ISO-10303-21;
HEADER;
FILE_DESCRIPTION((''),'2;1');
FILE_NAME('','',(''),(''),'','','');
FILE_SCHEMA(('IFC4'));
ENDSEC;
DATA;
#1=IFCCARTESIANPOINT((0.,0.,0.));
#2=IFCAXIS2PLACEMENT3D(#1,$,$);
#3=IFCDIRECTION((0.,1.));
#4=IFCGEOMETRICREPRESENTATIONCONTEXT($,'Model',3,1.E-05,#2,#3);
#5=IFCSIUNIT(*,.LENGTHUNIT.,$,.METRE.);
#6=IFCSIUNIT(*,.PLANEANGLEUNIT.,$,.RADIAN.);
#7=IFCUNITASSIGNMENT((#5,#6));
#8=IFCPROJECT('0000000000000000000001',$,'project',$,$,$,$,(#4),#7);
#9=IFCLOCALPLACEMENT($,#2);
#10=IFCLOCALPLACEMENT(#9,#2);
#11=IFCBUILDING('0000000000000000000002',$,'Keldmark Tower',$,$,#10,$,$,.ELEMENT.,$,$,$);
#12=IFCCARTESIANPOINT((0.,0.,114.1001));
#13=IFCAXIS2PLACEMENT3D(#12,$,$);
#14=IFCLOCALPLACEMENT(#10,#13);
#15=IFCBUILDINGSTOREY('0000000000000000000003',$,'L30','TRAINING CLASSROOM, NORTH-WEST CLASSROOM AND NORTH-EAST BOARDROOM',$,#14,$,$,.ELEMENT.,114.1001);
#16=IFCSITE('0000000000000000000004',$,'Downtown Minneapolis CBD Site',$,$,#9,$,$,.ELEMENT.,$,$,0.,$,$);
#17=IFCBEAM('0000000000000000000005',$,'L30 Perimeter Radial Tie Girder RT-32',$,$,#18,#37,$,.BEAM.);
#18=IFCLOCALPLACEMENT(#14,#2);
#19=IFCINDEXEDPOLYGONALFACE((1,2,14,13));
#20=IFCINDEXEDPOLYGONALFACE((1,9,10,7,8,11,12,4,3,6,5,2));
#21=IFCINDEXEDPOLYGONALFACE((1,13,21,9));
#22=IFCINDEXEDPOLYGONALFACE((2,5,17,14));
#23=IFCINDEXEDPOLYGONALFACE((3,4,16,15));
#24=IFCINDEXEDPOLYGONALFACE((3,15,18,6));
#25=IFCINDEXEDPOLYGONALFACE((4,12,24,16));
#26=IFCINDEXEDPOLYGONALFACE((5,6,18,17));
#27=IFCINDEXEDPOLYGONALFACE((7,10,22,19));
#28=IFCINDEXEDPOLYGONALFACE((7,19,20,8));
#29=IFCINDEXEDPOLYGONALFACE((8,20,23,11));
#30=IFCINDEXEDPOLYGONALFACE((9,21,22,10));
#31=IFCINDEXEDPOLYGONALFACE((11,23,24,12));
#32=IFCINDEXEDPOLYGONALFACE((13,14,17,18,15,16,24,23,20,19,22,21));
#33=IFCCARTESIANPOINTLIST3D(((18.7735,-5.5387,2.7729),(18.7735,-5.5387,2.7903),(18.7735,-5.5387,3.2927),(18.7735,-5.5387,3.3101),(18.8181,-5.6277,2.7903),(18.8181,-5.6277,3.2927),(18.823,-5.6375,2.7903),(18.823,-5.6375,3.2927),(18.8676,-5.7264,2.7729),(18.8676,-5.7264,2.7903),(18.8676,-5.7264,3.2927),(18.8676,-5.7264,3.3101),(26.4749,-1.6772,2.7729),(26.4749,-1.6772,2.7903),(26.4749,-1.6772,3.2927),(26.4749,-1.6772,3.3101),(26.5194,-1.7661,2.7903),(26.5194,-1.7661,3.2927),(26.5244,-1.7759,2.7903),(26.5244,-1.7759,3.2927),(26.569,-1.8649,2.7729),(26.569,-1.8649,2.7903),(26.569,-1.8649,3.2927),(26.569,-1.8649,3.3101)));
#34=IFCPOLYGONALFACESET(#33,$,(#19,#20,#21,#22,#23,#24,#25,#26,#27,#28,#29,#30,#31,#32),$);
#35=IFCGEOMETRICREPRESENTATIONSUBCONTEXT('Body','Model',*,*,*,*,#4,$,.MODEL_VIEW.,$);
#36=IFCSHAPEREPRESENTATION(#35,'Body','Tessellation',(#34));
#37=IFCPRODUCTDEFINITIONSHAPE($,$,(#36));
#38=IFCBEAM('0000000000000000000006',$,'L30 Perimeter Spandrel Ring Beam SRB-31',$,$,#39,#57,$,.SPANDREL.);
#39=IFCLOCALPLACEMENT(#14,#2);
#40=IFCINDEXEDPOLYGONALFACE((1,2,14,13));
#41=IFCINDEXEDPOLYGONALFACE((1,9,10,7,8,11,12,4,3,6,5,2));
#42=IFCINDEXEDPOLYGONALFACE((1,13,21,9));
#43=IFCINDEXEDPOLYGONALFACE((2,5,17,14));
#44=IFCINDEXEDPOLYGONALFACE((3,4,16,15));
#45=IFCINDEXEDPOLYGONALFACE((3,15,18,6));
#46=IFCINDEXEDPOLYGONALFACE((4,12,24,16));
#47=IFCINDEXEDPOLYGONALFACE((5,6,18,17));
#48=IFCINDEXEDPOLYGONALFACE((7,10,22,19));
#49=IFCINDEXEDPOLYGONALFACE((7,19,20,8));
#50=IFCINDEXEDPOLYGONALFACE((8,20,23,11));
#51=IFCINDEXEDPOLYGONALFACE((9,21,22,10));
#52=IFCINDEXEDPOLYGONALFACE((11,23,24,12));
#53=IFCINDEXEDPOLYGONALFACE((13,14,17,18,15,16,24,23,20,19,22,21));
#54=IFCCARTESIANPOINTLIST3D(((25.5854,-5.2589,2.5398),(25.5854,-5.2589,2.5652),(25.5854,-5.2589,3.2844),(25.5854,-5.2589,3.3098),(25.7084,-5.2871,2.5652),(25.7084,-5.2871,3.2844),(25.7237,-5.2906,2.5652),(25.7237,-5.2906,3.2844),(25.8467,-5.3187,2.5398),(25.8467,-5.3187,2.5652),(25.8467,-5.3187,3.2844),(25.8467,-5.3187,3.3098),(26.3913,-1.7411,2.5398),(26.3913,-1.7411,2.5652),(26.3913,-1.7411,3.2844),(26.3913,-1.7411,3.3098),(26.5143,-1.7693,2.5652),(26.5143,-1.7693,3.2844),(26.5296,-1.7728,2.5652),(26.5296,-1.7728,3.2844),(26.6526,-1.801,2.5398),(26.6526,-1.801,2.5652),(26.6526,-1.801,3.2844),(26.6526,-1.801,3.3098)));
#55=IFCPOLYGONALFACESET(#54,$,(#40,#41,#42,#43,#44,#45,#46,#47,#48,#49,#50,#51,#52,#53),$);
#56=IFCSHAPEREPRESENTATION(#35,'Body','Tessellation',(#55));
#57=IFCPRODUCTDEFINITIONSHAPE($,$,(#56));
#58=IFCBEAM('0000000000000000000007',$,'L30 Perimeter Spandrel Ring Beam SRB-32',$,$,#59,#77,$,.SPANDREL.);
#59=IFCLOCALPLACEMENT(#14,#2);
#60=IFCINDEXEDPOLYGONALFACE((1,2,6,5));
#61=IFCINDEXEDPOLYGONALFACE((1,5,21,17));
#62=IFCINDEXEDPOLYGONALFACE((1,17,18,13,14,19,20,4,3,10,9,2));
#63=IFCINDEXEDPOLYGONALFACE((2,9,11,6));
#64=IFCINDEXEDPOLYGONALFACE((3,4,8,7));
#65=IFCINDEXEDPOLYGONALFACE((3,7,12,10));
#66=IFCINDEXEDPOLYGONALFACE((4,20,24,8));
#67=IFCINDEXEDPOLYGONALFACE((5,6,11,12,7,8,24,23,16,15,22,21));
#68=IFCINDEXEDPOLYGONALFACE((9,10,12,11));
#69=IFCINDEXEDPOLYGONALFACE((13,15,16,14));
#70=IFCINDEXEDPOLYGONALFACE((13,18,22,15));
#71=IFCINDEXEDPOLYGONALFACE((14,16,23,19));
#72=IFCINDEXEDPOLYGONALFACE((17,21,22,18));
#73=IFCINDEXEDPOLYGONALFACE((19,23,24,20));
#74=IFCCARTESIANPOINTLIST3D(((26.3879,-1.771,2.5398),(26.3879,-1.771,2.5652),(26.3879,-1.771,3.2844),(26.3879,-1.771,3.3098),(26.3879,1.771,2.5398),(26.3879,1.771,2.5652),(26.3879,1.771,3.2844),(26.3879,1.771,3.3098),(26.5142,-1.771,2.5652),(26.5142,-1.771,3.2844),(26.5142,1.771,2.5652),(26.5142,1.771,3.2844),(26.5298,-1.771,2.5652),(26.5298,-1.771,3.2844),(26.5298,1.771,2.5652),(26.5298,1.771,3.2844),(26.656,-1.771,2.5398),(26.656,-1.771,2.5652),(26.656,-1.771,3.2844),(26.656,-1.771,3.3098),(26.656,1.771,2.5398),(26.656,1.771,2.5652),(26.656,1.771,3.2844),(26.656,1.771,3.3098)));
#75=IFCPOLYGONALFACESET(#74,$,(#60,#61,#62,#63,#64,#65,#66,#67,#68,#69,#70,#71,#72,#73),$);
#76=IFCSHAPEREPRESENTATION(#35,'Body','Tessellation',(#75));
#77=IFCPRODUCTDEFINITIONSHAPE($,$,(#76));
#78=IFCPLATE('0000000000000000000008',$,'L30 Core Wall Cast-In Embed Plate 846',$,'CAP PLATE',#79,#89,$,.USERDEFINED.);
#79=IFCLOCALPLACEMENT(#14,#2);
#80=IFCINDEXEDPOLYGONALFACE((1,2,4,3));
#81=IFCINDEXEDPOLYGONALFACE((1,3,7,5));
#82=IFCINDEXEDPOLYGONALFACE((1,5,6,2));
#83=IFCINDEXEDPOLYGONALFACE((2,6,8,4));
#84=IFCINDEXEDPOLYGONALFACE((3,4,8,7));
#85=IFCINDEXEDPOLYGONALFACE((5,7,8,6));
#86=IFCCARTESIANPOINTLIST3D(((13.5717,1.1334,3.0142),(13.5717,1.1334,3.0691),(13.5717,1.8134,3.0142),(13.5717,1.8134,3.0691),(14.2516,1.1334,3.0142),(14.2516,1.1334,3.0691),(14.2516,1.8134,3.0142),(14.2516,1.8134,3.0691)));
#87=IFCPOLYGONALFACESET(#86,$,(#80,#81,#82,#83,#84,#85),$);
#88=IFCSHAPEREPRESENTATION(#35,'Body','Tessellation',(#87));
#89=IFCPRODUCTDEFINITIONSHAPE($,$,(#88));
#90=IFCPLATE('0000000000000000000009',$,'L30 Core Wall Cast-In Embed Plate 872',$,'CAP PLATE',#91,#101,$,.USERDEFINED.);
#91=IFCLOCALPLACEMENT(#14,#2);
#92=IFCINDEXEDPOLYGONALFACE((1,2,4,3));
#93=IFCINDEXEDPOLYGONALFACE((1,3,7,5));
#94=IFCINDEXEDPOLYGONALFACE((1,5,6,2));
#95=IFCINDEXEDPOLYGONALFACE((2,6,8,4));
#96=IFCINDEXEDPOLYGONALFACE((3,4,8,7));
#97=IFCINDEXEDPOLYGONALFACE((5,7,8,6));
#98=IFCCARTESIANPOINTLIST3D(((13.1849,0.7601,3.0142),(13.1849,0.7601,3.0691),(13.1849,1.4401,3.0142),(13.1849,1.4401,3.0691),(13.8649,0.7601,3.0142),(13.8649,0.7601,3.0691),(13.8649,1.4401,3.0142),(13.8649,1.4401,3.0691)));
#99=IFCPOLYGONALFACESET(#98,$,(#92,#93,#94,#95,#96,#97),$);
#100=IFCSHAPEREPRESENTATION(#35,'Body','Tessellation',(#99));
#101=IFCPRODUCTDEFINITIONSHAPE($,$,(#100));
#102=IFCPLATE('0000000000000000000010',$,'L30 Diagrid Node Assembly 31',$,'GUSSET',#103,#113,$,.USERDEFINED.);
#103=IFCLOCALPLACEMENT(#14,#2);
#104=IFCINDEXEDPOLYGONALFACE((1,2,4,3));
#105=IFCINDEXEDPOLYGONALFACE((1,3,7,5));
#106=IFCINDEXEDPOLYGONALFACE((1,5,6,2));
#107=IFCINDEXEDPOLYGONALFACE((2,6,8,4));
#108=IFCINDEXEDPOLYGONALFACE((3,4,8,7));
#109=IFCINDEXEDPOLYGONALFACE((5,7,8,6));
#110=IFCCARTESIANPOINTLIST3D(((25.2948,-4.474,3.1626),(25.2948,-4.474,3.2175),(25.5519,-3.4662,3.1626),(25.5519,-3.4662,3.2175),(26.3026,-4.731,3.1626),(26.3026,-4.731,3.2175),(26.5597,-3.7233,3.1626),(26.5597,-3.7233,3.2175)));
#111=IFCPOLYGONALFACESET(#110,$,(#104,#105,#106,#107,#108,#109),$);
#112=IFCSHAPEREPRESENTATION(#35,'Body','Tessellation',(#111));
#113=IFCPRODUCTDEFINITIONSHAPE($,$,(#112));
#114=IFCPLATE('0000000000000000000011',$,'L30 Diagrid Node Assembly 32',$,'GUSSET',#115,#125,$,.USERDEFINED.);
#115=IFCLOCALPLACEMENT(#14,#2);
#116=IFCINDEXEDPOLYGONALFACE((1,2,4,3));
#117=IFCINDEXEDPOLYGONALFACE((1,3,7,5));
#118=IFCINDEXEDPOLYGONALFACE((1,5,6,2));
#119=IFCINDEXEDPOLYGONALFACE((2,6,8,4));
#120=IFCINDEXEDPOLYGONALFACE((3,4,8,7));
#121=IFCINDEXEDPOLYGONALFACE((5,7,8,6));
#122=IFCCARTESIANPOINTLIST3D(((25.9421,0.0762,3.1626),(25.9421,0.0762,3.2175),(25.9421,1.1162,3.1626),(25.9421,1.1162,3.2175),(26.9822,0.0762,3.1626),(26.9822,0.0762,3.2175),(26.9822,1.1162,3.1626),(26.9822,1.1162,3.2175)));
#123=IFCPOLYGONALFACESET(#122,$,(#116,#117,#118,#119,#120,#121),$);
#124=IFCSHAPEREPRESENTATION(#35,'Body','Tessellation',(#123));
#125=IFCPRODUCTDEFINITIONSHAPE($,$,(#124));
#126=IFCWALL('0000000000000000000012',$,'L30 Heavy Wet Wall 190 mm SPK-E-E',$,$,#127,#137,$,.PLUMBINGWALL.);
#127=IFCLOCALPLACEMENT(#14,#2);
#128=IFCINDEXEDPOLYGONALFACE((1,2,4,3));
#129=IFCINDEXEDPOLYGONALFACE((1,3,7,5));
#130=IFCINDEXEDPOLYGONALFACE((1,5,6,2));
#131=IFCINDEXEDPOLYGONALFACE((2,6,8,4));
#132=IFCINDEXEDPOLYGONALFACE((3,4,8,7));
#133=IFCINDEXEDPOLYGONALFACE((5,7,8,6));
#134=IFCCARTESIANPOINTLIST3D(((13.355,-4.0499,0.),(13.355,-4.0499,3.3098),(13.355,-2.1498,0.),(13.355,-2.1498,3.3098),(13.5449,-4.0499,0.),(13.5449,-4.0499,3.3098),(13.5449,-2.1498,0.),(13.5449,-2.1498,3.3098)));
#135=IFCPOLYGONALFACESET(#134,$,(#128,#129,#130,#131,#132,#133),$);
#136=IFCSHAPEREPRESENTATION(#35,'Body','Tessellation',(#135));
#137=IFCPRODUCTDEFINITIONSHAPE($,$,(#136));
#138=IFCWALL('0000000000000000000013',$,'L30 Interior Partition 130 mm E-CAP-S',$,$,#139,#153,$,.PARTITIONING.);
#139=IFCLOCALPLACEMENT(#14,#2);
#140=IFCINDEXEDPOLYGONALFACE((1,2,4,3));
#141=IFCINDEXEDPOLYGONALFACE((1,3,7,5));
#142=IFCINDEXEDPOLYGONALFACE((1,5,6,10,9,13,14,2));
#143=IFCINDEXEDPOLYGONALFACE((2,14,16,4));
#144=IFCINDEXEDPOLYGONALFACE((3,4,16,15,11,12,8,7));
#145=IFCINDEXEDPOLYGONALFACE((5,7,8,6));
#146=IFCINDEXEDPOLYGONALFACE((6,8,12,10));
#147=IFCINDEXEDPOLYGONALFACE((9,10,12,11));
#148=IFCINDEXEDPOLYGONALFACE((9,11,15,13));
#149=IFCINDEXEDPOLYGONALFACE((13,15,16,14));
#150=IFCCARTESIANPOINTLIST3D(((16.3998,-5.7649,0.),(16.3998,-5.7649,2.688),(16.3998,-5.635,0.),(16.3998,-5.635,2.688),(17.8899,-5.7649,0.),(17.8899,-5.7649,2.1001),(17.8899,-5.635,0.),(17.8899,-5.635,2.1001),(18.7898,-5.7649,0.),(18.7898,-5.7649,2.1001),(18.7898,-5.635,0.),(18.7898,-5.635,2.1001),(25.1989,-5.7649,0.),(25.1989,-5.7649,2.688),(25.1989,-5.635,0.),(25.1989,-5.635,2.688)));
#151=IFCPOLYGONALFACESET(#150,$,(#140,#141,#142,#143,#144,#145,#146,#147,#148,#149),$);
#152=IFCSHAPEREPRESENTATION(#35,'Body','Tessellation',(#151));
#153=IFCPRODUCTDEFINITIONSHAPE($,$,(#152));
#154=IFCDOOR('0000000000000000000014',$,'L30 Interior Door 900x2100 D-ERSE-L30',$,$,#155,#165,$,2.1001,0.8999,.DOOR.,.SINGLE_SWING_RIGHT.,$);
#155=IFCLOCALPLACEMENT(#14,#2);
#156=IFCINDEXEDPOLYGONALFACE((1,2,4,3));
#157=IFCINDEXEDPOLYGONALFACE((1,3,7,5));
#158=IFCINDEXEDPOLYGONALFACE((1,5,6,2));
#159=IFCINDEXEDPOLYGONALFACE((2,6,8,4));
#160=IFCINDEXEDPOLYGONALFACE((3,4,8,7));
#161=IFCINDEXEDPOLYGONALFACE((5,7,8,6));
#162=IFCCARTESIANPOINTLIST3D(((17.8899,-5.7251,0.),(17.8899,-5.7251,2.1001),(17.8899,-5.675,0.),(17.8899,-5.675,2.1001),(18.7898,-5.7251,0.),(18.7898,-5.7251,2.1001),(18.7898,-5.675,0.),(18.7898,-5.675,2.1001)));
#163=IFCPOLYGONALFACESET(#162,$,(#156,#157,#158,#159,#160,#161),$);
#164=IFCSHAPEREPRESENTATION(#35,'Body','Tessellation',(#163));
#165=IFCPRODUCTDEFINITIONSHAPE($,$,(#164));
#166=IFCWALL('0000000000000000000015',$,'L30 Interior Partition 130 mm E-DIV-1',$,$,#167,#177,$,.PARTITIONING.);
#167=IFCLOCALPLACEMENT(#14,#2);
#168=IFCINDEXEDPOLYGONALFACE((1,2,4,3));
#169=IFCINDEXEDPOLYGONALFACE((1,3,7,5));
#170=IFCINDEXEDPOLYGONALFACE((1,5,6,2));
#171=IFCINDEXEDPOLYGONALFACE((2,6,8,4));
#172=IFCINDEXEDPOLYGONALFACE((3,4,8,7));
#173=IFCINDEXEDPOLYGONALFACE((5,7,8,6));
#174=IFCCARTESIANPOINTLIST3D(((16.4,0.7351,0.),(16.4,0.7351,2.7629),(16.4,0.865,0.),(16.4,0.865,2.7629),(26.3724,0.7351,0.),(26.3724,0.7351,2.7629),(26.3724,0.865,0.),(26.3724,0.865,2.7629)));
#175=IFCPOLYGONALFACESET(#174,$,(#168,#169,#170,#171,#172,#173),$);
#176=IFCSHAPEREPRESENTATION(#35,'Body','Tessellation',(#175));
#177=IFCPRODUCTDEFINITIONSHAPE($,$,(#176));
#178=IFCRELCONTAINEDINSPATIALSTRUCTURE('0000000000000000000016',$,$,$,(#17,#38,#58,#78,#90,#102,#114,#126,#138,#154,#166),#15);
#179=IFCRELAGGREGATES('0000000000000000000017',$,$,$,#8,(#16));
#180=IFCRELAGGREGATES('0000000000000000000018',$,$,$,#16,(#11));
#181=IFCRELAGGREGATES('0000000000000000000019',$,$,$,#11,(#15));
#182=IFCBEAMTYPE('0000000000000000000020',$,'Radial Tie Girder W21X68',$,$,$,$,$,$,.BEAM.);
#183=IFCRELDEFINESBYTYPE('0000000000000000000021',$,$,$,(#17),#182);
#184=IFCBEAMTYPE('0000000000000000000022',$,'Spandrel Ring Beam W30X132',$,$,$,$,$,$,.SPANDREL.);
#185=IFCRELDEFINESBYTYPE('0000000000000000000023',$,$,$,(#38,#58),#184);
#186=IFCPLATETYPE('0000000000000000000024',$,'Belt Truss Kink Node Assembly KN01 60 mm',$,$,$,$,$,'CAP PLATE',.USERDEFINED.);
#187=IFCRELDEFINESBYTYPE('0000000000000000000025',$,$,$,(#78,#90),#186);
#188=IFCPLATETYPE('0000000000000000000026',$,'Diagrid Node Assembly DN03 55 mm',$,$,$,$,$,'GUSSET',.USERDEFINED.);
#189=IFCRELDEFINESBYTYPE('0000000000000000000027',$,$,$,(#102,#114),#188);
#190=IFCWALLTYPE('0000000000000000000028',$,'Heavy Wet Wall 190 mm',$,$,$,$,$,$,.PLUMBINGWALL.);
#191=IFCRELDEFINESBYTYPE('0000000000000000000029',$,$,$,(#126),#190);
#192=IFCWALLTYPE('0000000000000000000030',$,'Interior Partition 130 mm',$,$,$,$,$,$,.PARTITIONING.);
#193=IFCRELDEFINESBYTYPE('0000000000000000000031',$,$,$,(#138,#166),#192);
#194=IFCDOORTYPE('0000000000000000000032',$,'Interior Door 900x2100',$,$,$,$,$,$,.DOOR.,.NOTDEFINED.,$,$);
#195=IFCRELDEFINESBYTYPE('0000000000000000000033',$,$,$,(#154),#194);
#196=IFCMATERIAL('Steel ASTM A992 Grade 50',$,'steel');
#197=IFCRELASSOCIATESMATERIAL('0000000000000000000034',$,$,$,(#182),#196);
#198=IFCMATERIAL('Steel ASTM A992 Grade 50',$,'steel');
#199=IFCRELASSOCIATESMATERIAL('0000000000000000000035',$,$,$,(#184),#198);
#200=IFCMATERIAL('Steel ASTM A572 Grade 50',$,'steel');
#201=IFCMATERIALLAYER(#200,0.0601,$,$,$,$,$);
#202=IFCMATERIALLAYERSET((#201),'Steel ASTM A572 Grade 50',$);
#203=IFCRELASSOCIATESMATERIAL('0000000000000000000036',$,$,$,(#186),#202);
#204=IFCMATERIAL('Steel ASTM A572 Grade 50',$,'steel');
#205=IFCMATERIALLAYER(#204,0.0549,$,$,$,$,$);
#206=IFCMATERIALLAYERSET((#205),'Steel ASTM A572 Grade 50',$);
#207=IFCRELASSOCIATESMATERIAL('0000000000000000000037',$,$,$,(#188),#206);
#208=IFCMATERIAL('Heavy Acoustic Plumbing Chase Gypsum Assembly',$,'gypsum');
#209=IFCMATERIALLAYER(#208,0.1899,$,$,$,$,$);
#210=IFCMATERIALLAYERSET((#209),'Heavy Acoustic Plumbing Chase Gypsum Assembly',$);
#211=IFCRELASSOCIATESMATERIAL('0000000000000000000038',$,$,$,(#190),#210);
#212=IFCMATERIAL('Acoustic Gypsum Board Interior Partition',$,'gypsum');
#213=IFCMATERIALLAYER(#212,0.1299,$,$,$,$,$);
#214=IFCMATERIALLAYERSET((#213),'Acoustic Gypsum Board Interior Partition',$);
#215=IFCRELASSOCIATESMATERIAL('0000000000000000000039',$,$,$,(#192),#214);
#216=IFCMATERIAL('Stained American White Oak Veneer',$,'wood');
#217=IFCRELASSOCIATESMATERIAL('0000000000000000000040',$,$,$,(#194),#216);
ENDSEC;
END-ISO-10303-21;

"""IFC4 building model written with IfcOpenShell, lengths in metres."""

from ifc_helpers import new_model, si_unit, direction, frame, frame_2d, origin, origin_2d, place, context, subcontext, project, spatial, rectangle, i_section, extrude, material, layer, layer_set, material_profile, profile_set, type_object, element, fill, save


model = new_model("IFC4")

# Units and contexts
model_context = context("Model", 3, precision=1e-05, world=origin(), true_north=direction((0.0, 1.0)))
body_context = subcontext(model_context, "Body", "Model", "MODEL_VIEW")
ifc_project = project(units=[si_unit("LENGTHUNIT", "METRE"), si_unit("PLANEANGLEUNIT", "RADIAN")], contexts=[model_context])

# Site, building, storey
site_placement = place(None, origin())
site = spatial("IfcSite", under=ifc_project, at=site_placement, Name="Downtown Minneapolis CBD Site", CompositionType="ELEMENT", RefElevation=0.0)
building_placement = place(site_placement, origin())
building = spatial("IfcBuilding", under=site, at=building_placement, Name="Keldmark Tower", CompositionType="ELEMENT")
storey_placement = place(building_placement, frame((0.0, 0.0, 114.1001)))
storey = spatial("IfcBuildingStorey", under=building, at=storey_placement, Name="L30", Description="TRAINING CLASSROOM, NORTH-WEST CLASSROOM AND NORTH-EAST BOARDROOM", CompositionType="ELEMENT", Elevation=114.1001)

# Beams
ifc_material_1 = material(Name="Steel ASTM A992 Grade 50", Category="steel")
ifc_material_profile_1 = material_profile(ifc_material_1, i_section(OverallWidth=0.21, OverallDepth=0.5371, WebThickness=0.011, FlangeThickness=0.0173, at=origin_2d()), Name="W21X68")
ifc_profile_set_1 = profile_set([ifc_material_profile_1], Name="Steel ASTM A992 Grade 50")
beam_type_1 = type_object("IfcBeamType", Name="Radial Tie Girder W21X68", PredefinedType="BEAM", material=ifc_profile_set_1)
beam_1_placement = place(storey_placement, frame((18.8206, -5.6326, 3.0415), z_axis=(0.893922, 0.448222, 0.0), x_axis=(-0.448222, 0.893922, 0.0)))
element("IfcBeam", 1, at=beam_1_placement, inside=storey, type_object=beam_type_1, Name="L30 Perimeter Radial Tie Girder RT-32", PredefinedType="BEAM", context=body_context, shape_type="SweptSolid", body=[
    extrude(i_section(OverallWidth=0.21, OverallDepth=0.5371, WebThickness=0.011, FlangeThickness=0.0173, at=origin_2d()), origin(), (0.0, 0.0, 1.0), 8.6152),
])
ifc_material_2 = material(Name="Steel ASTM A992 Grade 50", Category="steel")
ifc_material_profile_2 = material_profile(ifc_material_2, i_section(OverallWidth=0.2681, OverallDepth=0.77, WebThickness=0.0156, FlangeThickness=0.0254, at=origin_2d()), Name="W30X132")
ifc_profile_set_2 = profile_set([ifc_material_profile_2], Name="Steel ASTM A992 Grade 50")
beam_type_2 = type_object("IfcBeamType", Name="Spandrel Ring Beam W30X132", PredefinedType="SPANDREL", material=ifc_profile_set_2)
beam_2_placement = place(storey_placement, frame((25.7161, -5.2888, 2.9248), z_axis=(0.223308, 0.974748, 0.0), x_axis=(-0.974748, 0.223308, 0.0)))
element("IfcBeam", 2, at=beam_2_placement, inside=storey, type_object=beam_type_2, Name="L30 Perimeter Spandrel Ring Beam SRB-31", PredefinedType="SPANDREL", context=body_context, shape_type="SweptSolid", body=[
    extrude(i_section(OverallWidth=0.2681, OverallDepth=0.77, WebThickness=0.0156, FlangeThickness=0.0254, at=origin_2d()), origin(), (0.0, 0.0, 1.0), 3.6089),
])
beam_3_placement = place(storey_placement, frame((26.522, -1.771, 2.9248), z_axis=(0.0, 1.0, 0.0), x_axis=(-1.0, 0.0, 0.0)))
element("IfcBeam", 3, at=beam_3_placement, inside=storey, type_object=beam_type_2, Name="L30 Perimeter Spandrel Ring Beam SRB-32", PredefinedType="SPANDREL", context=body_context, shape_type="SweptSolid", body=[
    extrude(i_section(OverallWidth=0.2681, OverallDepth=0.77, WebThickness=0.0156, FlangeThickness=0.0254, at=origin_2d()), origin(), (0.0, 0.0, 1.0), 3.542),
])

# Plates
ifc_material_3 = material(Name="Steel ASTM A572 Grade 50", Category="steel")
ifc_layer_1 = layer(ifc_material_3, 0.0601)
ifc_layer_set_1 = layer_set([ifc_layer_1], Name="Steel ASTM A572 Grade 50")
plate_type_1 = type_object("IfcPlateType", Name="Belt Truss Kink Node Assembly KN01 60 mm", ElementType="CAP PLATE", PredefinedType="USERDEFINED", material=ifc_layer_set_1)
for number, where, z_axis, x_axis, name in (
    (4, (13.9116, 1.4734, 3.0142), (0.0, 0.0, 1.0), (1.0, 0.0, 0.0), "L30 Core Wall Cast-In Embed Plate 846"),
    (5, (13.5249, 1.1001, 3.0142), (0.0, 0.0, 1.0), (1.0, 0.0, 0.0), "L30 Core Wall Cast-In Embed Plate 872"),
):
    element("IfcPlate", number, at=place(storey_placement, frame(where, z_axis=z_axis, x_axis=x_axis)), inside=storey, type_object=plate_type_1, Name=name, ObjectType="CAP PLATE", PredefinedType="USERDEFINED", context=body_context, shape_type="SweptSolid", body=[
        extrude(rectangle(XDim=0.6799, YDim=0.6799, at=origin_2d()), origin(), (0.0, 0.0, 1.0), 0.0549),
    ])
ifc_material_4 = material(Name="Steel ASTM A572 Grade 50", Category="steel")
ifc_layer_2 = layer(ifc_material_4, 0.0549)
ifc_layer_set_2 = layer_set([ifc_layer_2], Name="Steel ASTM A572 Grade 50")
plate_type_2 = type_object("IfcPlateType", Name="Diagrid Node Assembly DN03 55 mm", ElementType="GUSSET", PredefinedType="USERDEFINED", material=ifc_layer_set_2)
for number, where, z_axis, x_axis, name in (
    (6, (25.9272, -4.0986, 3.1626), (0.0, 0.0, 1.0), (0.247168, 0.968973, 0.0), "L30 Diagrid Node Assembly 31"),
    (7, (26.4622, 0.5962, 3.1626), (0.0, 0.0, 1.0), (0.0, 1.0, 0.0), "L30 Diagrid Node Assembly 32"),
):
    element("IfcPlate", number, at=place(storey_placement, frame(where, z_axis=z_axis, x_axis=x_axis)), inside=storey, type_object=plate_type_2, Name=name, ObjectType="GUSSET", PredefinedType="USERDEFINED", context=body_context, shape_type="SweptSolid", body=[
        extrude(rectangle(XDim=1.04, YDim=1.04, at=origin_2d()), origin(), (0.0, 0.0, 1.0), 0.0549),
    ])

# Wall
ifc_material_5 = material(Name="Heavy Acoustic Plumbing Chase Gypsum Assembly", Category="gypsum")
ifc_layer_3 = layer(ifc_material_5, 0.1899)
ifc_layer_set_3 = layer_set([ifc_layer_3], Name="Heavy Acoustic Plumbing Chase Gypsum Assembly")
wall_type_1 = type_object("IfcWallType", Name="Heavy Wet Wall 190 mm", PredefinedType="PLUMBINGWALL", material=ifc_layer_set_3)
wall_1_placement = place(storey_placement, frame((13.45, -4.05, 0.0), z_axis=(0.0, 0.0, 1.0), x_axis=(0.0, 1.0, 0.0)))
element("IfcWall", 8, at=wall_1_placement, inside=storey, type_object=wall_type_1, Name="L30 Heavy Wet Wall 190 mm SPK-E-E", PredefinedType="PLUMBINGWALL", context=body_context, shape_type="SweptSolid", body=[
    extrude(rectangle(XDim=1.9001, YDim=0.1899, at=frame_2d((0.9502, 0.0))), origin(), (0.0, 0.0, 1.0), 3.3098),
])

# Wall, opening, door
ifc_material_6 = material(Name="Acoustic Gypsum Board Interior Partition", Category="gypsum")
ifc_layer_4 = layer(ifc_material_6, 0.1299)
ifc_layer_set_4 = layer_set([ifc_layer_4], Name="Acoustic Gypsum Board Interior Partition")
wall_type_2 = type_object("IfcWallType", Name="Interior Partition 130 mm", PredefinedType="PARTITIONING", material=ifc_layer_set_4)
wall_2_placement = place(storey_placement, frame((16.3999, -5.7, 0.0), z_axis=(0.0, 0.0, 1.0), x_axis=(1.0, 0.0, 0.0)))
wall_2 = element("IfcWall", 9, at=wall_2_placement, inside=storey, type_object=wall_type_2, Name="L30 Interior Partition 130 mm E-CAP-S", PredefinedType="PARTITIONING", context=body_context, shape_type="SweptSolid", body=[
    extrude(rectangle(XDim=8.7991, YDim=0.1299, at=frame_2d((4.3994, 0.0))), origin(), (0.0, 0.0, 1.0), 2.688),
])
opening_1_placement = place(wall_2_placement, frame((1.49, 0.0, 0.0)))
opening_1 = element("IfcOpeningElement", 10, at=opening_1_placement, cuts=wall_2, PredefinedType="OPENING", context=body_context, shape_type="SweptSolid", body=[
    extrude(rectangle(XDim=0.8999, YDim=2.1001, at=frame_2d((0.45, 1.05))), frame((0.0, 0.075, 0.0), z_axis=(0.0, -1.0, 0.0), x_axis=(1.0, 0.0, 0.0)), (0.0, 0.0, 1.0), 0.1499),
])
ifc_material_7 = material(Name="Stained American White Oak Veneer", Category="wood")
door_type_1 = type_object("IfcDoorType", Name="Interior Door 900x2100", OperationType="NOTDEFINED", PredefinedType="DOOR", material=ifc_material_7)
door_1_placement = place(opening_1_placement, origin())
door_1 = element("IfcDoor", 11, at=door_1_placement, inside=storey, type_object=door_type_1, Name="L30 Interior Door 900x2100 D-ERSE-L30", OperationType="SINGLE_SWING_RIGHT", OverallHeight=2.1001, OverallWidth=0.8999, PredefinedType="DOOR", context=body_context, shape_type="SweptSolid", body=[
    extrude(rectangle(XDim=0.8999, YDim=2.1001, at=frame_2d((0.45, 1.05))), frame((0.0, 0.0249, 0.0), z_axis=(0.0, -1.0, 0.0), x_axis=(1.0, 0.0, 0.0)), (0.0, 0.0, 1.0), 0.05),
])
fill(opening_1, door_1)

# Wall
wall_3_placement = place(storey_placement, frame((16.3999, 0.8, 0.0), z_axis=(0.0, 0.0, 1.0), x_axis=(1.0, 0.0, 0.0)))
element("IfcWall", 12, at=wall_3_placement, inside=storey, type_object=wall_type_2, Name="L30 Interior Partition 130 mm E-DIV-1", PredefinedType="PARTITIONING", context=body_context, shape_type="SweptSolid", body=[
    extrude(rectangle(XDim=9.9724, YDim=0.1299, at=frame_2d((4.9863, 0.0))), origin(), (0.0, 0.0, 1.0), 2.7629),
])

save(model, "model.ifc")
